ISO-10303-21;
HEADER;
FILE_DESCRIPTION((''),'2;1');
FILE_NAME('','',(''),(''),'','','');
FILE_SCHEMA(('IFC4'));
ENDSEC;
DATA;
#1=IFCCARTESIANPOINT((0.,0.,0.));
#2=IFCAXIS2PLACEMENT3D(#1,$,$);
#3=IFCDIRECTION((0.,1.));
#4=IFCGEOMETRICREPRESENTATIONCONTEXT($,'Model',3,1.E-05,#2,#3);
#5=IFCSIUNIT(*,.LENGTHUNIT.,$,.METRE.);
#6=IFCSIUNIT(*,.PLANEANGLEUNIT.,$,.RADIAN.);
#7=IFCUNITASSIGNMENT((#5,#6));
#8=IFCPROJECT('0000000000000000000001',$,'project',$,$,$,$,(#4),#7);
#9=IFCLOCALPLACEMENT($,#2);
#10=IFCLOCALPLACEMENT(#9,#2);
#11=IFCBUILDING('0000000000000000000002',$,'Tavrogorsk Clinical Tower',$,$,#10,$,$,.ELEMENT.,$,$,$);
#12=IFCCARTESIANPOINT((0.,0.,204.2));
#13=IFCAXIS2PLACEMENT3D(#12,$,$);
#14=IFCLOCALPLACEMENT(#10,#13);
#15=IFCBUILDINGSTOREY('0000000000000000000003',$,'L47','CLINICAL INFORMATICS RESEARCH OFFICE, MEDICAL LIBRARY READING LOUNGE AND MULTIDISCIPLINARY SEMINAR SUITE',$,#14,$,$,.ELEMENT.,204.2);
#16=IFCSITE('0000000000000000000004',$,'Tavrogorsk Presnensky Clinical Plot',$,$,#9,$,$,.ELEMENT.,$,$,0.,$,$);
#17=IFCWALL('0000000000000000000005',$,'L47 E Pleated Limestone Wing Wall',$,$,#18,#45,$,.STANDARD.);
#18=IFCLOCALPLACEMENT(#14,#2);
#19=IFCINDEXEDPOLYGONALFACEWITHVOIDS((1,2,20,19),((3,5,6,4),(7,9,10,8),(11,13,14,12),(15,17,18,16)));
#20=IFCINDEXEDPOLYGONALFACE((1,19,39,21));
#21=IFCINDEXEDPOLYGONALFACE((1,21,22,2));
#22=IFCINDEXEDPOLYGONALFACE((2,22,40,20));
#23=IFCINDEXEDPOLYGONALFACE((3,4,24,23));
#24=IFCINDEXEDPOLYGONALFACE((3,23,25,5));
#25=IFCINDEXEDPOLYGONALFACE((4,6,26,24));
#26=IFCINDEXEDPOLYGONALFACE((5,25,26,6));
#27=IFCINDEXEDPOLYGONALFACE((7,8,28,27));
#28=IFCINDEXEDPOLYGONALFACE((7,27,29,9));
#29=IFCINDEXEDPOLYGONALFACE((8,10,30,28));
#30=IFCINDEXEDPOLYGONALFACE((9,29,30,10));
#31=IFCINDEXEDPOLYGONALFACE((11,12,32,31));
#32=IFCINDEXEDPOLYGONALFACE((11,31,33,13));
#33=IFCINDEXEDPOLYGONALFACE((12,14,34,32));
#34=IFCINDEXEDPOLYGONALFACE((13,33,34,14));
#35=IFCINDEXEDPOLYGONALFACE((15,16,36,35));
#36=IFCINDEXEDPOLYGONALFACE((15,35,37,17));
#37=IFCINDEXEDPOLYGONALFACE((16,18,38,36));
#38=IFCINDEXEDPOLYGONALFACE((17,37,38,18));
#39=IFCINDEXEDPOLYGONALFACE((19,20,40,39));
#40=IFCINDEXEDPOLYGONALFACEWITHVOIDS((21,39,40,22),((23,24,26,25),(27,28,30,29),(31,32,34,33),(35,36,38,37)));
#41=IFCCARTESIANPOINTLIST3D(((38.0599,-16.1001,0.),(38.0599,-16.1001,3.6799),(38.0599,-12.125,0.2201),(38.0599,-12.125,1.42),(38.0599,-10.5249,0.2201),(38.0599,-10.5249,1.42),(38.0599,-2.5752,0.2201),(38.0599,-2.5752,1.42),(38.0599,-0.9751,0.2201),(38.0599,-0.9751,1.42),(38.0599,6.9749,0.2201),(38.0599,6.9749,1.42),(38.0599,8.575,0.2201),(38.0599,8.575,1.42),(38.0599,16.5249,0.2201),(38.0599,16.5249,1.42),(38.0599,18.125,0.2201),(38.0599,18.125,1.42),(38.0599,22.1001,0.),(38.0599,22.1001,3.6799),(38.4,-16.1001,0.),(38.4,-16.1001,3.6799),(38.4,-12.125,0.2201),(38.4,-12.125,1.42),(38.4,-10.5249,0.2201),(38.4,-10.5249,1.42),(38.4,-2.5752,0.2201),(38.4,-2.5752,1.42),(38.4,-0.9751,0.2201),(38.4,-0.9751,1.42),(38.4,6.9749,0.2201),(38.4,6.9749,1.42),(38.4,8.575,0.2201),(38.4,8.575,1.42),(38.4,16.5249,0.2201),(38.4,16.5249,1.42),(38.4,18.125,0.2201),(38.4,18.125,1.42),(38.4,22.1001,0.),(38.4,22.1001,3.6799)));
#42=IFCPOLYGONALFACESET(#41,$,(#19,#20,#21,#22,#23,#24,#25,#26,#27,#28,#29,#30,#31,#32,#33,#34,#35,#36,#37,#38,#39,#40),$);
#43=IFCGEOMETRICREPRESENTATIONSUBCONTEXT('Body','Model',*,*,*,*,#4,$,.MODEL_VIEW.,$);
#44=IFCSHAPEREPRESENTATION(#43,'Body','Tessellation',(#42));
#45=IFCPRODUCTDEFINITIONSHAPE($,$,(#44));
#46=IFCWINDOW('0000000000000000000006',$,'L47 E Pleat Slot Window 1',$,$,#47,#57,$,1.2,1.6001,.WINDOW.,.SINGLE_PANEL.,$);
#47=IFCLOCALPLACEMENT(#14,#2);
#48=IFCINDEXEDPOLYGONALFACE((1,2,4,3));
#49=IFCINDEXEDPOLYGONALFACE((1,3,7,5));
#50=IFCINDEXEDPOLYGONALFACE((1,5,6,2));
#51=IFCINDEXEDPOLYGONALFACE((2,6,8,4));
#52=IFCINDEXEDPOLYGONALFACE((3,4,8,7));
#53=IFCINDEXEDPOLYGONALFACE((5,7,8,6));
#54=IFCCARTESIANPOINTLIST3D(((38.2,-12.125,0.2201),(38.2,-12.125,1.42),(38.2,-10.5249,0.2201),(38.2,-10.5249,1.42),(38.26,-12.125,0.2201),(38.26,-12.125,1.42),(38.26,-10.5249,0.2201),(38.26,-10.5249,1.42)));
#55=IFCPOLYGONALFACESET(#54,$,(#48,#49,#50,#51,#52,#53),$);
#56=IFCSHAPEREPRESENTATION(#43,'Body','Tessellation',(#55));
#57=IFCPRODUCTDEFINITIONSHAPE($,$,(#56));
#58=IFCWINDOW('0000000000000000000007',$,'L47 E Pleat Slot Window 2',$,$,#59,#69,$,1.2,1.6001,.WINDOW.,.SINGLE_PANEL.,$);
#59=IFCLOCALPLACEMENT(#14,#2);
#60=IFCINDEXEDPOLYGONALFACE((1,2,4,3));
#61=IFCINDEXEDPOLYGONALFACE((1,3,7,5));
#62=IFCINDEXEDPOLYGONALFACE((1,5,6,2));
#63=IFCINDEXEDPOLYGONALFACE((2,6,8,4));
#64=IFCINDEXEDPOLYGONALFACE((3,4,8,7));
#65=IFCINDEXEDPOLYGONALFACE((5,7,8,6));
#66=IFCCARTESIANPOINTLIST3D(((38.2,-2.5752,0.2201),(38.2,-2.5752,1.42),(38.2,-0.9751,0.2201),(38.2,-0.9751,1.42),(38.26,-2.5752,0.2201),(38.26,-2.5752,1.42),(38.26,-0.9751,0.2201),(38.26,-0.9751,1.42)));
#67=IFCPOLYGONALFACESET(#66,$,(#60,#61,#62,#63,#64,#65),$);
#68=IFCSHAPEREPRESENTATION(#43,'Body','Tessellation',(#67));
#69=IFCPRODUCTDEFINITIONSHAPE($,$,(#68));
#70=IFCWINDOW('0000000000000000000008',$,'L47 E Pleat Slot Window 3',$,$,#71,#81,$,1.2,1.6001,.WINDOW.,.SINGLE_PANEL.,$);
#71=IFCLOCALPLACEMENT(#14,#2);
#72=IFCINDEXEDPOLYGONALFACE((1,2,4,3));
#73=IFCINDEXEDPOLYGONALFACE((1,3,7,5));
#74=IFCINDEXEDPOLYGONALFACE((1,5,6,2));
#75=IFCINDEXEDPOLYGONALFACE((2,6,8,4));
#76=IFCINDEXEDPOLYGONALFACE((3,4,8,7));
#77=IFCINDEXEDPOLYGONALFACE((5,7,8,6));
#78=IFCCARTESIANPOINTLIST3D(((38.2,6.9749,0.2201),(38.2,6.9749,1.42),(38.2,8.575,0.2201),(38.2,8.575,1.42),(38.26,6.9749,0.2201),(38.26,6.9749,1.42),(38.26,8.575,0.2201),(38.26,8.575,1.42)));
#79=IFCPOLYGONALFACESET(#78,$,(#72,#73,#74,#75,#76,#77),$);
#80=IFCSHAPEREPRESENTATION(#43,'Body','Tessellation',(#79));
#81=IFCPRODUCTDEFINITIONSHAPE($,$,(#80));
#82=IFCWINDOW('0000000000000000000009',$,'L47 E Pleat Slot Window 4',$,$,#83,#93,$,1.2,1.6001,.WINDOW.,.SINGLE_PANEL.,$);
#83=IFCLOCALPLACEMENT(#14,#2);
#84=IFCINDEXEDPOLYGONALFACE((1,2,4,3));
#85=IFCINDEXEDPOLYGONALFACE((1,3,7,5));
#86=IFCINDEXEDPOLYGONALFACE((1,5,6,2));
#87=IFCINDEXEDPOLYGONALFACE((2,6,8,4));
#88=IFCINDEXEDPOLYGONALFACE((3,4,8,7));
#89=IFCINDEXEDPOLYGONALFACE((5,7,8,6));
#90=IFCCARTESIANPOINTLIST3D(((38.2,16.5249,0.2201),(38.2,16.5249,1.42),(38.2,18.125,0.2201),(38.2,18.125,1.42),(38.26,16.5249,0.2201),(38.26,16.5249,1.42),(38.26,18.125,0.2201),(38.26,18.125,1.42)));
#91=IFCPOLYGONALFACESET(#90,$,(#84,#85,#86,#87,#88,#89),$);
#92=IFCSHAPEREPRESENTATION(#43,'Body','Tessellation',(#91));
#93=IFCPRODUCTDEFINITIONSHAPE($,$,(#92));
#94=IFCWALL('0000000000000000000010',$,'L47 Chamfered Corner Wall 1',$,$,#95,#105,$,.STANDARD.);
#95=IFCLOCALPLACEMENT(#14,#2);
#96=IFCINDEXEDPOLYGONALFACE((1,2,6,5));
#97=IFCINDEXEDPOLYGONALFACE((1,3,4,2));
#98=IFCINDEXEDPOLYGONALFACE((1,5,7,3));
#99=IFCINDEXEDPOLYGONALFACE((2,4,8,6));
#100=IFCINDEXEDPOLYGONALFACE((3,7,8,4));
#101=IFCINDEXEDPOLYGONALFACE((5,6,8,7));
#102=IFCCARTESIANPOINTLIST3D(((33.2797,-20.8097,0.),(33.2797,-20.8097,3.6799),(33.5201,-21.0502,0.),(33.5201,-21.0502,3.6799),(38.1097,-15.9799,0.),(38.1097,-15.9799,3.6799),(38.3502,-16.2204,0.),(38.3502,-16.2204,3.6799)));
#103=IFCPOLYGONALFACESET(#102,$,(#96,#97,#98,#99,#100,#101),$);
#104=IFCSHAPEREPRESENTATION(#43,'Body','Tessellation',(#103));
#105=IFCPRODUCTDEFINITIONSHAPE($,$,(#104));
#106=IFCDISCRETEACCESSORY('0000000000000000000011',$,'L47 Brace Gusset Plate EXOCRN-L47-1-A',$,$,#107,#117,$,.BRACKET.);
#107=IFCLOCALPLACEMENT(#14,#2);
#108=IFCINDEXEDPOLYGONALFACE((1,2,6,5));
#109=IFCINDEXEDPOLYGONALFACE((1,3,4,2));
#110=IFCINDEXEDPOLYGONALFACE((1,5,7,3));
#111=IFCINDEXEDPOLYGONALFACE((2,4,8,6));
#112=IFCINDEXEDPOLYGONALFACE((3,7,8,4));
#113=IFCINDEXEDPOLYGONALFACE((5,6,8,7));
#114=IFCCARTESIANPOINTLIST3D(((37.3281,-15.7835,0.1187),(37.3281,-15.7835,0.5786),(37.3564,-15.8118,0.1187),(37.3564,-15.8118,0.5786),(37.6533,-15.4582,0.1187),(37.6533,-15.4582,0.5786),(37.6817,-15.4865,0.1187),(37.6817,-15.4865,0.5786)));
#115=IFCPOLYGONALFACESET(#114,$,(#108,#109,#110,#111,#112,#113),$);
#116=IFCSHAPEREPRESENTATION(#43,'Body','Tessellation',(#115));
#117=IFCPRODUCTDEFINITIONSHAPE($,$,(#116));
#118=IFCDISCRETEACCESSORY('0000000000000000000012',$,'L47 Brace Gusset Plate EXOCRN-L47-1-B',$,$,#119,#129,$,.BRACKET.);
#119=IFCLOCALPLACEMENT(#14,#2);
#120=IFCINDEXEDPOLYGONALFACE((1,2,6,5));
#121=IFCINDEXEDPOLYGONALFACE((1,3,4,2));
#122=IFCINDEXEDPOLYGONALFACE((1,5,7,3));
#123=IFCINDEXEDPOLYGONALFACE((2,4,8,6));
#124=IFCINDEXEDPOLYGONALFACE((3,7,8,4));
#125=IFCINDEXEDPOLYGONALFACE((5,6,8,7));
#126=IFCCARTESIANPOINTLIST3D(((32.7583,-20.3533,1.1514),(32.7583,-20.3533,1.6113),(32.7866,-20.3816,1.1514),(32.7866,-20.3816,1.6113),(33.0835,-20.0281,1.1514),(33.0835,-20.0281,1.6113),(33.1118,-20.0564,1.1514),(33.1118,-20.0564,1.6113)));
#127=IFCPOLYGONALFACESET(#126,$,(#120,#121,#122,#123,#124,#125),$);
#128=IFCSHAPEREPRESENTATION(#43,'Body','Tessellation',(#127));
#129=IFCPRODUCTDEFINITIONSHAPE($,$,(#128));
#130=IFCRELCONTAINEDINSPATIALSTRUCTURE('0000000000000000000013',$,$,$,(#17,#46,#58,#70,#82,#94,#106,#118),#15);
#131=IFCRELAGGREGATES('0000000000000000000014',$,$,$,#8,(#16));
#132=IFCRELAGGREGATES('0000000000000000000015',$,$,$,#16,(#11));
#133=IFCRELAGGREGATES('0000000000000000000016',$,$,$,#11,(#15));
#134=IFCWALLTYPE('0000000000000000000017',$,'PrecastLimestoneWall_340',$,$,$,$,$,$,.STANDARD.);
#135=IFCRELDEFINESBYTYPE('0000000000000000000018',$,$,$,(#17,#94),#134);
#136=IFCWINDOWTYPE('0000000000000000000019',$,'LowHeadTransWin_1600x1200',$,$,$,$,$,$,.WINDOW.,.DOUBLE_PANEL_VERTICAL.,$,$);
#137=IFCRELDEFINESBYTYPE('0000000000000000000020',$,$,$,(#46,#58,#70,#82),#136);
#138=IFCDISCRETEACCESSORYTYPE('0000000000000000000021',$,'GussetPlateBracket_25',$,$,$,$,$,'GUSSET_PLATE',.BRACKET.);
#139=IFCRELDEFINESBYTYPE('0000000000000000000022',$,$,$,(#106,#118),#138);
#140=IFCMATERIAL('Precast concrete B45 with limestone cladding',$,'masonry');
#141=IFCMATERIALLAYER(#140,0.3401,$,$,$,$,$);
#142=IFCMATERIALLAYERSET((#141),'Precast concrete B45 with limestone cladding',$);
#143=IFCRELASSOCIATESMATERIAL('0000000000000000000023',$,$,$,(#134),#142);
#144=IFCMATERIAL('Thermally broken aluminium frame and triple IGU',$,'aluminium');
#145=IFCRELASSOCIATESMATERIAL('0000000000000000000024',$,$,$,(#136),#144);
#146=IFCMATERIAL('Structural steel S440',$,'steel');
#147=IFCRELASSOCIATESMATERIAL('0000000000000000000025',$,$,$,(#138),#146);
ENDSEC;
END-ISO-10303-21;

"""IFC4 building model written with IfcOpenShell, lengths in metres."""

from ifc_helpers import new_model, si_unit, direction, frame, frame_2d, origin, origin_2d, place, context, subcontext, project, spatial, rectangle, extrude, material, layer, layer_set, type_object, element, fill, save


model = new_model("IFC4")

# Units and contexts
model_context = context("Model", 3, precision=1e-05, world=origin(), true_north=direction((0.0, 1.0)))
body_context = subcontext(model_context, "Body", "Model", "MODEL_VIEW")
ifc_project = project(units=[si_unit("LENGTHUNIT", "METRE"), si_unit("PLANEANGLEUNIT", "RADIAN")], contexts=[model_context])

# Site, building, storey
site_placement = place(None, origin())
site = spatial("IfcSite", under=ifc_project, at=site_placement, Name="Tavrogorsk Presnensky Clinical Plot", CompositionType="ELEMENT", RefElevation=0.0)
building_placement = place(site_placement, origin())
building = spatial("IfcBuilding", under=site, at=building_placement, Name="Tavrogorsk Clinical Tower", CompositionType="ELEMENT")
storey_placement = place(building_placement, frame((0.0, 0.0, 204.2)))
storey = spatial("IfcBuildingStorey", under=building, at=storey_placement, Name="L47", Description="CLINICAL INFORMATICS RESEARCH OFFICE, MEDICAL LIBRARY READING LOUNGE AND MULTIDISCIPLINARY SEMINAR SUITE", CompositionType="ELEMENT", Elevation=204.2)

# Wall, openings, windows
ifc_material_1 = material(Name="Precast concrete B45 with limestone cladding", Category="masonry")
ifc_layer_1 = layer(ifc_material_1, 0.3401)
ifc_layer_set_1 = layer_set([ifc_layer_1], Name="Precast concrete B45 with limestone cladding")
wall_type_1 = type_object("IfcWallType", Name="PrecastLimestoneWall_340", PredefinedType="STANDARD", material=ifc_layer_set_1)
wall_1_placement = place(storey_placement, frame((38.23, -16.1001, 0.0), z_axis=(0.0, 0.0, 1.0), x_axis=(0.0, 1.0, 0.0)))
wall_1 = element("IfcWall", 1, at=wall_1_placement, inside=storey, type_object=wall_type_1, Name="L47 E Pleated Limestone Wing Wall", PredefinedType="STANDARD", context=body_context, shape_type="SweptSolid", body=[
    extrude(rectangle(XDim=38.2002, YDim=0.3401, at=frame_2d((19.1001, 0.0))), origin(), (0.0, 0.0, 1.0), 3.6799),
])
opening_1_placement = place(wall_1_placement, frame((3.9751, 0.0, 0.22)))
opening_1 = element("IfcOpeningElement", 2, at=opening_1_placement, cuts=wall_1, PredefinedType="OPENING", context=body_context, shape_type="SweptSolid", body=[
    extrude(rectangle(XDim=1.6001, YDim=1.2, at=frame_2d((0.8, 0.6001))), frame((0.0, 0.1799, 0.0), z_axis=(0.0, -1.0, 0.0), x_axis=(1.0, 0.0, 0.0)), (0.0, 0.0, 1.0), 0.3601),
])
opening_2_placement = place(wall_1_placement, frame((13.5249, 0.0, 0.22)))
opening_2 = element("IfcOpeningElement", 3, at=opening_2_placement, cuts=wall_1, PredefinedType="OPENING", context=body_context, shape_type="SweptSolid", body=[
    extrude(rectangle(XDim=1.6001, YDim=1.2, at=frame_2d((0.8, 0.6001))), frame((0.0, 0.1799, 0.0), z_axis=(0.0, -1.0, 0.0), x_axis=(1.0, 0.0, 0.0)), (0.0, 0.0, 1.0), 0.3601),
])
opening_3_placement = place(wall_1_placement, frame((23.075, 0.0, 0.22)))
opening_3 = element("IfcOpeningElement", 4, at=opening_3_placement, cuts=wall_1, PredefinedType="OPENING", context=body_context, shape_type="SweptSolid", body=[
    extrude(rectangle(XDim=1.6001, YDim=1.2, at=frame_2d((0.8, 0.6001))), frame((0.0, 0.1799, 0.0), z_axis=(0.0, -1.0, 0.0), x_axis=(1.0, 0.0, 0.0)), (0.0, 0.0, 1.0), 0.3601),
])
opening_4_placement = place(wall_1_placement, frame((32.625, 0.0, 0.22)))
opening_4 = element("IfcOpeningElement", 5, at=opening_4_placement, cuts=wall_1, PredefinedType="OPENING", context=body_context, shape_type="SweptSolid", body=[
    extrude(rectangle(XDim=1.6001, YDim=1.2, at=frame_2d((0.8, 0.6001))), frame((0.0, 0.1799, 0.0), z_axis=(0.0, -1.0, 0.0), x_axis=(1.0, 0.0, 0.0)), (0.0, 0.0, 1.0), 0.3601),
])
ifc_material_2 = material(Name="Thermally broken aluminium frame and triple IGU", Category="aluminium")
window_type = type_object("IfcWindowType", Name="LowHeadTransWin_1600x1200", PartitioningType="DOUBLE_PANEL_VERTICAL", PredefinedType="WINDOW", material=ifc_material_2)
window_1_placement = place(opening_1_placement, origin())
window_1 = element("IfcWindow", 6, at=window_1_placement, inside=storey, type_object=window_type, Name="L47 E Pleat Slot Window 1", OverallHeight=1.2, OverallWidth=1.6001, PartitioningType="SINGLE_PANEL", PredefinedType="WINDOW", context=body_context, shape_type="SweptSolid", body=[
    extrude(rectangle(XDim=1.6001, YDim=1.2, at=frame_2d((0.8, 0.6001))), frame((0.0, 0.03, 0.0), z_axis=(0.0, -1.0, 0.0), x_axis=(1.0, 0.0, 0.0)), (0.0, 0.0, 1.0), 0.0601),
])
fill(opening_1, window_1)
window_2_placement = place(opening_2_placement, origin())
window_2 = element("IfcWindow", 7, at=window_2_placement, inside=storey, type_object=window_type, Name="L47 E Pleat Slot Window 2", OverallHeight=1.2, OverallWidth=1.6001, PartitioningType="SINGLE_PANEL", PredefinedType="WINDOW", context=body_context, shape_type="SweptSolid", body=[
    extrude(rectangle(XDim=1.6001, YDim=1.2, at=frame_2d((0.8, 0.6001))), frame((0.0, 0.03, 0.0), z_axis=(0.0, -1.0, 0.0), x_axis=(1.0, 0.0, 0.0)), (0.0, 0.0, 1.0), 0.0601),
])
fill(opening_2, window_2)
window_3_placement = place(opening_3_placement, origin())
window_3 = element("IfcWindow", 8, at=window_3_placement, inside=storey, type_object=window_type, Name="L47 E Pleat Slot Window 3", OverallHeight=1.2, OverallWidth=1.6001, PartitioningType="SINGLE_PANEL", PredefinedType="WINDOW", context=body_context, shape_type="SweptSolid", body=[
    extrude(rectangle(XDim=1.6001, YDim=1.2, at=frame_2d((0.8, 0.6001))), frame((0.0, 0.03, 0.0), z_axis=(0.0, -1.0, 0.0), x_axis=(1.0, 0.0, 0.0)), (0.0, 0.0, 1.0), 0.0601),
])
fill(opening_3, window_3)
window_4_placement = place(opening_4_placement, origin())
window_4 = element("IfcWindow", 9, at=window_4_placement, inside=storey, type_object=window_type, Name="L47 E Pleat Slot Window 4", OverallHeight=1.2, OverallWidth=1.6001, PartitioningType="SINGLE_PANEL", PredefinedType="WINDOW", context=body_context, shape_type="SweptSolid", body=[
    extrude(rectangle(XDim=1.6001, YDim=1.2, at=frame_2d((0.8, 0.6001))), frame((0.0, 0.03, 0.0), z_axis=(0.0, -1.0, 0.0), x_axis=(1.0, 0.0, 0.0)), (0.0, 0.0, 1.0), 0.0601),
])
fill(opening_4, window_4)

# Wall
wall_2_placement = place(storey_placement, frame((33.3999, -20.9299, 0.0), z_axis=(0.0, 0.0, 1.0), x_axis=(0.707125, 0.707089, 0.0)))
element("IfcWall", 10, at=wall_2_placement, inside=storey, type_object=wall_type_1, Name="L47 Chamfered Corner Wall 1", PredefinedType="STANDARD", context=body_context, shape_type="SweptSolid", body=[
    extrude(rectangle(XDim=6.8306, YDim=0.3401, at=frame_2d((3.4153, 0.0))), origin(), (0.0, 0.0, 1.0), 3.6799),
])

# Discrete accessories
ifc_material_3 = material(Name="Structural steel S440", Category="steel")
discrete_accessory_type = type_object("IfcDiscreteAccessoryType", Name="GussetPlateBracket_25", ElementType="GUSSET_PLATE", PredefinedType="BRACKET", material=ifc_material_3)
for number, where, z_axis, x_axis, name in (
    (11, (37.5049, -15.635, 0.1187), (0.0, 0.0, 1.0), (-0.707107, -0.707107, 0.0), "L47 Brace Gusset Plate EXOCRN-L47-1-A"),
    (12, (32.9351, -20.2048, 1.1514), (0.0, 0.0, 1.0), (-0.707107, -0.707107, 0.0), "L47 Brace Gusset Plate EXOCRN-L47-1-B"),
):
    element("IfcDiscreteAccessory", number, at=place(storey_placement, frame(where, z_axis=z_axis, x_axis=x_axis)), inside=storey, type_object=discrete_accessory_type, Name=name, PredefinedType="BRACKET", context=body_context, shape_type="SweptSolid", body=[
        extrude(rectangle(XDim=0.46, YDim=0.04, at=origin_2d()), origin(), (0.0, 0.0, 1.0), 0.46),
    ])

save(model, "model.ifc")
